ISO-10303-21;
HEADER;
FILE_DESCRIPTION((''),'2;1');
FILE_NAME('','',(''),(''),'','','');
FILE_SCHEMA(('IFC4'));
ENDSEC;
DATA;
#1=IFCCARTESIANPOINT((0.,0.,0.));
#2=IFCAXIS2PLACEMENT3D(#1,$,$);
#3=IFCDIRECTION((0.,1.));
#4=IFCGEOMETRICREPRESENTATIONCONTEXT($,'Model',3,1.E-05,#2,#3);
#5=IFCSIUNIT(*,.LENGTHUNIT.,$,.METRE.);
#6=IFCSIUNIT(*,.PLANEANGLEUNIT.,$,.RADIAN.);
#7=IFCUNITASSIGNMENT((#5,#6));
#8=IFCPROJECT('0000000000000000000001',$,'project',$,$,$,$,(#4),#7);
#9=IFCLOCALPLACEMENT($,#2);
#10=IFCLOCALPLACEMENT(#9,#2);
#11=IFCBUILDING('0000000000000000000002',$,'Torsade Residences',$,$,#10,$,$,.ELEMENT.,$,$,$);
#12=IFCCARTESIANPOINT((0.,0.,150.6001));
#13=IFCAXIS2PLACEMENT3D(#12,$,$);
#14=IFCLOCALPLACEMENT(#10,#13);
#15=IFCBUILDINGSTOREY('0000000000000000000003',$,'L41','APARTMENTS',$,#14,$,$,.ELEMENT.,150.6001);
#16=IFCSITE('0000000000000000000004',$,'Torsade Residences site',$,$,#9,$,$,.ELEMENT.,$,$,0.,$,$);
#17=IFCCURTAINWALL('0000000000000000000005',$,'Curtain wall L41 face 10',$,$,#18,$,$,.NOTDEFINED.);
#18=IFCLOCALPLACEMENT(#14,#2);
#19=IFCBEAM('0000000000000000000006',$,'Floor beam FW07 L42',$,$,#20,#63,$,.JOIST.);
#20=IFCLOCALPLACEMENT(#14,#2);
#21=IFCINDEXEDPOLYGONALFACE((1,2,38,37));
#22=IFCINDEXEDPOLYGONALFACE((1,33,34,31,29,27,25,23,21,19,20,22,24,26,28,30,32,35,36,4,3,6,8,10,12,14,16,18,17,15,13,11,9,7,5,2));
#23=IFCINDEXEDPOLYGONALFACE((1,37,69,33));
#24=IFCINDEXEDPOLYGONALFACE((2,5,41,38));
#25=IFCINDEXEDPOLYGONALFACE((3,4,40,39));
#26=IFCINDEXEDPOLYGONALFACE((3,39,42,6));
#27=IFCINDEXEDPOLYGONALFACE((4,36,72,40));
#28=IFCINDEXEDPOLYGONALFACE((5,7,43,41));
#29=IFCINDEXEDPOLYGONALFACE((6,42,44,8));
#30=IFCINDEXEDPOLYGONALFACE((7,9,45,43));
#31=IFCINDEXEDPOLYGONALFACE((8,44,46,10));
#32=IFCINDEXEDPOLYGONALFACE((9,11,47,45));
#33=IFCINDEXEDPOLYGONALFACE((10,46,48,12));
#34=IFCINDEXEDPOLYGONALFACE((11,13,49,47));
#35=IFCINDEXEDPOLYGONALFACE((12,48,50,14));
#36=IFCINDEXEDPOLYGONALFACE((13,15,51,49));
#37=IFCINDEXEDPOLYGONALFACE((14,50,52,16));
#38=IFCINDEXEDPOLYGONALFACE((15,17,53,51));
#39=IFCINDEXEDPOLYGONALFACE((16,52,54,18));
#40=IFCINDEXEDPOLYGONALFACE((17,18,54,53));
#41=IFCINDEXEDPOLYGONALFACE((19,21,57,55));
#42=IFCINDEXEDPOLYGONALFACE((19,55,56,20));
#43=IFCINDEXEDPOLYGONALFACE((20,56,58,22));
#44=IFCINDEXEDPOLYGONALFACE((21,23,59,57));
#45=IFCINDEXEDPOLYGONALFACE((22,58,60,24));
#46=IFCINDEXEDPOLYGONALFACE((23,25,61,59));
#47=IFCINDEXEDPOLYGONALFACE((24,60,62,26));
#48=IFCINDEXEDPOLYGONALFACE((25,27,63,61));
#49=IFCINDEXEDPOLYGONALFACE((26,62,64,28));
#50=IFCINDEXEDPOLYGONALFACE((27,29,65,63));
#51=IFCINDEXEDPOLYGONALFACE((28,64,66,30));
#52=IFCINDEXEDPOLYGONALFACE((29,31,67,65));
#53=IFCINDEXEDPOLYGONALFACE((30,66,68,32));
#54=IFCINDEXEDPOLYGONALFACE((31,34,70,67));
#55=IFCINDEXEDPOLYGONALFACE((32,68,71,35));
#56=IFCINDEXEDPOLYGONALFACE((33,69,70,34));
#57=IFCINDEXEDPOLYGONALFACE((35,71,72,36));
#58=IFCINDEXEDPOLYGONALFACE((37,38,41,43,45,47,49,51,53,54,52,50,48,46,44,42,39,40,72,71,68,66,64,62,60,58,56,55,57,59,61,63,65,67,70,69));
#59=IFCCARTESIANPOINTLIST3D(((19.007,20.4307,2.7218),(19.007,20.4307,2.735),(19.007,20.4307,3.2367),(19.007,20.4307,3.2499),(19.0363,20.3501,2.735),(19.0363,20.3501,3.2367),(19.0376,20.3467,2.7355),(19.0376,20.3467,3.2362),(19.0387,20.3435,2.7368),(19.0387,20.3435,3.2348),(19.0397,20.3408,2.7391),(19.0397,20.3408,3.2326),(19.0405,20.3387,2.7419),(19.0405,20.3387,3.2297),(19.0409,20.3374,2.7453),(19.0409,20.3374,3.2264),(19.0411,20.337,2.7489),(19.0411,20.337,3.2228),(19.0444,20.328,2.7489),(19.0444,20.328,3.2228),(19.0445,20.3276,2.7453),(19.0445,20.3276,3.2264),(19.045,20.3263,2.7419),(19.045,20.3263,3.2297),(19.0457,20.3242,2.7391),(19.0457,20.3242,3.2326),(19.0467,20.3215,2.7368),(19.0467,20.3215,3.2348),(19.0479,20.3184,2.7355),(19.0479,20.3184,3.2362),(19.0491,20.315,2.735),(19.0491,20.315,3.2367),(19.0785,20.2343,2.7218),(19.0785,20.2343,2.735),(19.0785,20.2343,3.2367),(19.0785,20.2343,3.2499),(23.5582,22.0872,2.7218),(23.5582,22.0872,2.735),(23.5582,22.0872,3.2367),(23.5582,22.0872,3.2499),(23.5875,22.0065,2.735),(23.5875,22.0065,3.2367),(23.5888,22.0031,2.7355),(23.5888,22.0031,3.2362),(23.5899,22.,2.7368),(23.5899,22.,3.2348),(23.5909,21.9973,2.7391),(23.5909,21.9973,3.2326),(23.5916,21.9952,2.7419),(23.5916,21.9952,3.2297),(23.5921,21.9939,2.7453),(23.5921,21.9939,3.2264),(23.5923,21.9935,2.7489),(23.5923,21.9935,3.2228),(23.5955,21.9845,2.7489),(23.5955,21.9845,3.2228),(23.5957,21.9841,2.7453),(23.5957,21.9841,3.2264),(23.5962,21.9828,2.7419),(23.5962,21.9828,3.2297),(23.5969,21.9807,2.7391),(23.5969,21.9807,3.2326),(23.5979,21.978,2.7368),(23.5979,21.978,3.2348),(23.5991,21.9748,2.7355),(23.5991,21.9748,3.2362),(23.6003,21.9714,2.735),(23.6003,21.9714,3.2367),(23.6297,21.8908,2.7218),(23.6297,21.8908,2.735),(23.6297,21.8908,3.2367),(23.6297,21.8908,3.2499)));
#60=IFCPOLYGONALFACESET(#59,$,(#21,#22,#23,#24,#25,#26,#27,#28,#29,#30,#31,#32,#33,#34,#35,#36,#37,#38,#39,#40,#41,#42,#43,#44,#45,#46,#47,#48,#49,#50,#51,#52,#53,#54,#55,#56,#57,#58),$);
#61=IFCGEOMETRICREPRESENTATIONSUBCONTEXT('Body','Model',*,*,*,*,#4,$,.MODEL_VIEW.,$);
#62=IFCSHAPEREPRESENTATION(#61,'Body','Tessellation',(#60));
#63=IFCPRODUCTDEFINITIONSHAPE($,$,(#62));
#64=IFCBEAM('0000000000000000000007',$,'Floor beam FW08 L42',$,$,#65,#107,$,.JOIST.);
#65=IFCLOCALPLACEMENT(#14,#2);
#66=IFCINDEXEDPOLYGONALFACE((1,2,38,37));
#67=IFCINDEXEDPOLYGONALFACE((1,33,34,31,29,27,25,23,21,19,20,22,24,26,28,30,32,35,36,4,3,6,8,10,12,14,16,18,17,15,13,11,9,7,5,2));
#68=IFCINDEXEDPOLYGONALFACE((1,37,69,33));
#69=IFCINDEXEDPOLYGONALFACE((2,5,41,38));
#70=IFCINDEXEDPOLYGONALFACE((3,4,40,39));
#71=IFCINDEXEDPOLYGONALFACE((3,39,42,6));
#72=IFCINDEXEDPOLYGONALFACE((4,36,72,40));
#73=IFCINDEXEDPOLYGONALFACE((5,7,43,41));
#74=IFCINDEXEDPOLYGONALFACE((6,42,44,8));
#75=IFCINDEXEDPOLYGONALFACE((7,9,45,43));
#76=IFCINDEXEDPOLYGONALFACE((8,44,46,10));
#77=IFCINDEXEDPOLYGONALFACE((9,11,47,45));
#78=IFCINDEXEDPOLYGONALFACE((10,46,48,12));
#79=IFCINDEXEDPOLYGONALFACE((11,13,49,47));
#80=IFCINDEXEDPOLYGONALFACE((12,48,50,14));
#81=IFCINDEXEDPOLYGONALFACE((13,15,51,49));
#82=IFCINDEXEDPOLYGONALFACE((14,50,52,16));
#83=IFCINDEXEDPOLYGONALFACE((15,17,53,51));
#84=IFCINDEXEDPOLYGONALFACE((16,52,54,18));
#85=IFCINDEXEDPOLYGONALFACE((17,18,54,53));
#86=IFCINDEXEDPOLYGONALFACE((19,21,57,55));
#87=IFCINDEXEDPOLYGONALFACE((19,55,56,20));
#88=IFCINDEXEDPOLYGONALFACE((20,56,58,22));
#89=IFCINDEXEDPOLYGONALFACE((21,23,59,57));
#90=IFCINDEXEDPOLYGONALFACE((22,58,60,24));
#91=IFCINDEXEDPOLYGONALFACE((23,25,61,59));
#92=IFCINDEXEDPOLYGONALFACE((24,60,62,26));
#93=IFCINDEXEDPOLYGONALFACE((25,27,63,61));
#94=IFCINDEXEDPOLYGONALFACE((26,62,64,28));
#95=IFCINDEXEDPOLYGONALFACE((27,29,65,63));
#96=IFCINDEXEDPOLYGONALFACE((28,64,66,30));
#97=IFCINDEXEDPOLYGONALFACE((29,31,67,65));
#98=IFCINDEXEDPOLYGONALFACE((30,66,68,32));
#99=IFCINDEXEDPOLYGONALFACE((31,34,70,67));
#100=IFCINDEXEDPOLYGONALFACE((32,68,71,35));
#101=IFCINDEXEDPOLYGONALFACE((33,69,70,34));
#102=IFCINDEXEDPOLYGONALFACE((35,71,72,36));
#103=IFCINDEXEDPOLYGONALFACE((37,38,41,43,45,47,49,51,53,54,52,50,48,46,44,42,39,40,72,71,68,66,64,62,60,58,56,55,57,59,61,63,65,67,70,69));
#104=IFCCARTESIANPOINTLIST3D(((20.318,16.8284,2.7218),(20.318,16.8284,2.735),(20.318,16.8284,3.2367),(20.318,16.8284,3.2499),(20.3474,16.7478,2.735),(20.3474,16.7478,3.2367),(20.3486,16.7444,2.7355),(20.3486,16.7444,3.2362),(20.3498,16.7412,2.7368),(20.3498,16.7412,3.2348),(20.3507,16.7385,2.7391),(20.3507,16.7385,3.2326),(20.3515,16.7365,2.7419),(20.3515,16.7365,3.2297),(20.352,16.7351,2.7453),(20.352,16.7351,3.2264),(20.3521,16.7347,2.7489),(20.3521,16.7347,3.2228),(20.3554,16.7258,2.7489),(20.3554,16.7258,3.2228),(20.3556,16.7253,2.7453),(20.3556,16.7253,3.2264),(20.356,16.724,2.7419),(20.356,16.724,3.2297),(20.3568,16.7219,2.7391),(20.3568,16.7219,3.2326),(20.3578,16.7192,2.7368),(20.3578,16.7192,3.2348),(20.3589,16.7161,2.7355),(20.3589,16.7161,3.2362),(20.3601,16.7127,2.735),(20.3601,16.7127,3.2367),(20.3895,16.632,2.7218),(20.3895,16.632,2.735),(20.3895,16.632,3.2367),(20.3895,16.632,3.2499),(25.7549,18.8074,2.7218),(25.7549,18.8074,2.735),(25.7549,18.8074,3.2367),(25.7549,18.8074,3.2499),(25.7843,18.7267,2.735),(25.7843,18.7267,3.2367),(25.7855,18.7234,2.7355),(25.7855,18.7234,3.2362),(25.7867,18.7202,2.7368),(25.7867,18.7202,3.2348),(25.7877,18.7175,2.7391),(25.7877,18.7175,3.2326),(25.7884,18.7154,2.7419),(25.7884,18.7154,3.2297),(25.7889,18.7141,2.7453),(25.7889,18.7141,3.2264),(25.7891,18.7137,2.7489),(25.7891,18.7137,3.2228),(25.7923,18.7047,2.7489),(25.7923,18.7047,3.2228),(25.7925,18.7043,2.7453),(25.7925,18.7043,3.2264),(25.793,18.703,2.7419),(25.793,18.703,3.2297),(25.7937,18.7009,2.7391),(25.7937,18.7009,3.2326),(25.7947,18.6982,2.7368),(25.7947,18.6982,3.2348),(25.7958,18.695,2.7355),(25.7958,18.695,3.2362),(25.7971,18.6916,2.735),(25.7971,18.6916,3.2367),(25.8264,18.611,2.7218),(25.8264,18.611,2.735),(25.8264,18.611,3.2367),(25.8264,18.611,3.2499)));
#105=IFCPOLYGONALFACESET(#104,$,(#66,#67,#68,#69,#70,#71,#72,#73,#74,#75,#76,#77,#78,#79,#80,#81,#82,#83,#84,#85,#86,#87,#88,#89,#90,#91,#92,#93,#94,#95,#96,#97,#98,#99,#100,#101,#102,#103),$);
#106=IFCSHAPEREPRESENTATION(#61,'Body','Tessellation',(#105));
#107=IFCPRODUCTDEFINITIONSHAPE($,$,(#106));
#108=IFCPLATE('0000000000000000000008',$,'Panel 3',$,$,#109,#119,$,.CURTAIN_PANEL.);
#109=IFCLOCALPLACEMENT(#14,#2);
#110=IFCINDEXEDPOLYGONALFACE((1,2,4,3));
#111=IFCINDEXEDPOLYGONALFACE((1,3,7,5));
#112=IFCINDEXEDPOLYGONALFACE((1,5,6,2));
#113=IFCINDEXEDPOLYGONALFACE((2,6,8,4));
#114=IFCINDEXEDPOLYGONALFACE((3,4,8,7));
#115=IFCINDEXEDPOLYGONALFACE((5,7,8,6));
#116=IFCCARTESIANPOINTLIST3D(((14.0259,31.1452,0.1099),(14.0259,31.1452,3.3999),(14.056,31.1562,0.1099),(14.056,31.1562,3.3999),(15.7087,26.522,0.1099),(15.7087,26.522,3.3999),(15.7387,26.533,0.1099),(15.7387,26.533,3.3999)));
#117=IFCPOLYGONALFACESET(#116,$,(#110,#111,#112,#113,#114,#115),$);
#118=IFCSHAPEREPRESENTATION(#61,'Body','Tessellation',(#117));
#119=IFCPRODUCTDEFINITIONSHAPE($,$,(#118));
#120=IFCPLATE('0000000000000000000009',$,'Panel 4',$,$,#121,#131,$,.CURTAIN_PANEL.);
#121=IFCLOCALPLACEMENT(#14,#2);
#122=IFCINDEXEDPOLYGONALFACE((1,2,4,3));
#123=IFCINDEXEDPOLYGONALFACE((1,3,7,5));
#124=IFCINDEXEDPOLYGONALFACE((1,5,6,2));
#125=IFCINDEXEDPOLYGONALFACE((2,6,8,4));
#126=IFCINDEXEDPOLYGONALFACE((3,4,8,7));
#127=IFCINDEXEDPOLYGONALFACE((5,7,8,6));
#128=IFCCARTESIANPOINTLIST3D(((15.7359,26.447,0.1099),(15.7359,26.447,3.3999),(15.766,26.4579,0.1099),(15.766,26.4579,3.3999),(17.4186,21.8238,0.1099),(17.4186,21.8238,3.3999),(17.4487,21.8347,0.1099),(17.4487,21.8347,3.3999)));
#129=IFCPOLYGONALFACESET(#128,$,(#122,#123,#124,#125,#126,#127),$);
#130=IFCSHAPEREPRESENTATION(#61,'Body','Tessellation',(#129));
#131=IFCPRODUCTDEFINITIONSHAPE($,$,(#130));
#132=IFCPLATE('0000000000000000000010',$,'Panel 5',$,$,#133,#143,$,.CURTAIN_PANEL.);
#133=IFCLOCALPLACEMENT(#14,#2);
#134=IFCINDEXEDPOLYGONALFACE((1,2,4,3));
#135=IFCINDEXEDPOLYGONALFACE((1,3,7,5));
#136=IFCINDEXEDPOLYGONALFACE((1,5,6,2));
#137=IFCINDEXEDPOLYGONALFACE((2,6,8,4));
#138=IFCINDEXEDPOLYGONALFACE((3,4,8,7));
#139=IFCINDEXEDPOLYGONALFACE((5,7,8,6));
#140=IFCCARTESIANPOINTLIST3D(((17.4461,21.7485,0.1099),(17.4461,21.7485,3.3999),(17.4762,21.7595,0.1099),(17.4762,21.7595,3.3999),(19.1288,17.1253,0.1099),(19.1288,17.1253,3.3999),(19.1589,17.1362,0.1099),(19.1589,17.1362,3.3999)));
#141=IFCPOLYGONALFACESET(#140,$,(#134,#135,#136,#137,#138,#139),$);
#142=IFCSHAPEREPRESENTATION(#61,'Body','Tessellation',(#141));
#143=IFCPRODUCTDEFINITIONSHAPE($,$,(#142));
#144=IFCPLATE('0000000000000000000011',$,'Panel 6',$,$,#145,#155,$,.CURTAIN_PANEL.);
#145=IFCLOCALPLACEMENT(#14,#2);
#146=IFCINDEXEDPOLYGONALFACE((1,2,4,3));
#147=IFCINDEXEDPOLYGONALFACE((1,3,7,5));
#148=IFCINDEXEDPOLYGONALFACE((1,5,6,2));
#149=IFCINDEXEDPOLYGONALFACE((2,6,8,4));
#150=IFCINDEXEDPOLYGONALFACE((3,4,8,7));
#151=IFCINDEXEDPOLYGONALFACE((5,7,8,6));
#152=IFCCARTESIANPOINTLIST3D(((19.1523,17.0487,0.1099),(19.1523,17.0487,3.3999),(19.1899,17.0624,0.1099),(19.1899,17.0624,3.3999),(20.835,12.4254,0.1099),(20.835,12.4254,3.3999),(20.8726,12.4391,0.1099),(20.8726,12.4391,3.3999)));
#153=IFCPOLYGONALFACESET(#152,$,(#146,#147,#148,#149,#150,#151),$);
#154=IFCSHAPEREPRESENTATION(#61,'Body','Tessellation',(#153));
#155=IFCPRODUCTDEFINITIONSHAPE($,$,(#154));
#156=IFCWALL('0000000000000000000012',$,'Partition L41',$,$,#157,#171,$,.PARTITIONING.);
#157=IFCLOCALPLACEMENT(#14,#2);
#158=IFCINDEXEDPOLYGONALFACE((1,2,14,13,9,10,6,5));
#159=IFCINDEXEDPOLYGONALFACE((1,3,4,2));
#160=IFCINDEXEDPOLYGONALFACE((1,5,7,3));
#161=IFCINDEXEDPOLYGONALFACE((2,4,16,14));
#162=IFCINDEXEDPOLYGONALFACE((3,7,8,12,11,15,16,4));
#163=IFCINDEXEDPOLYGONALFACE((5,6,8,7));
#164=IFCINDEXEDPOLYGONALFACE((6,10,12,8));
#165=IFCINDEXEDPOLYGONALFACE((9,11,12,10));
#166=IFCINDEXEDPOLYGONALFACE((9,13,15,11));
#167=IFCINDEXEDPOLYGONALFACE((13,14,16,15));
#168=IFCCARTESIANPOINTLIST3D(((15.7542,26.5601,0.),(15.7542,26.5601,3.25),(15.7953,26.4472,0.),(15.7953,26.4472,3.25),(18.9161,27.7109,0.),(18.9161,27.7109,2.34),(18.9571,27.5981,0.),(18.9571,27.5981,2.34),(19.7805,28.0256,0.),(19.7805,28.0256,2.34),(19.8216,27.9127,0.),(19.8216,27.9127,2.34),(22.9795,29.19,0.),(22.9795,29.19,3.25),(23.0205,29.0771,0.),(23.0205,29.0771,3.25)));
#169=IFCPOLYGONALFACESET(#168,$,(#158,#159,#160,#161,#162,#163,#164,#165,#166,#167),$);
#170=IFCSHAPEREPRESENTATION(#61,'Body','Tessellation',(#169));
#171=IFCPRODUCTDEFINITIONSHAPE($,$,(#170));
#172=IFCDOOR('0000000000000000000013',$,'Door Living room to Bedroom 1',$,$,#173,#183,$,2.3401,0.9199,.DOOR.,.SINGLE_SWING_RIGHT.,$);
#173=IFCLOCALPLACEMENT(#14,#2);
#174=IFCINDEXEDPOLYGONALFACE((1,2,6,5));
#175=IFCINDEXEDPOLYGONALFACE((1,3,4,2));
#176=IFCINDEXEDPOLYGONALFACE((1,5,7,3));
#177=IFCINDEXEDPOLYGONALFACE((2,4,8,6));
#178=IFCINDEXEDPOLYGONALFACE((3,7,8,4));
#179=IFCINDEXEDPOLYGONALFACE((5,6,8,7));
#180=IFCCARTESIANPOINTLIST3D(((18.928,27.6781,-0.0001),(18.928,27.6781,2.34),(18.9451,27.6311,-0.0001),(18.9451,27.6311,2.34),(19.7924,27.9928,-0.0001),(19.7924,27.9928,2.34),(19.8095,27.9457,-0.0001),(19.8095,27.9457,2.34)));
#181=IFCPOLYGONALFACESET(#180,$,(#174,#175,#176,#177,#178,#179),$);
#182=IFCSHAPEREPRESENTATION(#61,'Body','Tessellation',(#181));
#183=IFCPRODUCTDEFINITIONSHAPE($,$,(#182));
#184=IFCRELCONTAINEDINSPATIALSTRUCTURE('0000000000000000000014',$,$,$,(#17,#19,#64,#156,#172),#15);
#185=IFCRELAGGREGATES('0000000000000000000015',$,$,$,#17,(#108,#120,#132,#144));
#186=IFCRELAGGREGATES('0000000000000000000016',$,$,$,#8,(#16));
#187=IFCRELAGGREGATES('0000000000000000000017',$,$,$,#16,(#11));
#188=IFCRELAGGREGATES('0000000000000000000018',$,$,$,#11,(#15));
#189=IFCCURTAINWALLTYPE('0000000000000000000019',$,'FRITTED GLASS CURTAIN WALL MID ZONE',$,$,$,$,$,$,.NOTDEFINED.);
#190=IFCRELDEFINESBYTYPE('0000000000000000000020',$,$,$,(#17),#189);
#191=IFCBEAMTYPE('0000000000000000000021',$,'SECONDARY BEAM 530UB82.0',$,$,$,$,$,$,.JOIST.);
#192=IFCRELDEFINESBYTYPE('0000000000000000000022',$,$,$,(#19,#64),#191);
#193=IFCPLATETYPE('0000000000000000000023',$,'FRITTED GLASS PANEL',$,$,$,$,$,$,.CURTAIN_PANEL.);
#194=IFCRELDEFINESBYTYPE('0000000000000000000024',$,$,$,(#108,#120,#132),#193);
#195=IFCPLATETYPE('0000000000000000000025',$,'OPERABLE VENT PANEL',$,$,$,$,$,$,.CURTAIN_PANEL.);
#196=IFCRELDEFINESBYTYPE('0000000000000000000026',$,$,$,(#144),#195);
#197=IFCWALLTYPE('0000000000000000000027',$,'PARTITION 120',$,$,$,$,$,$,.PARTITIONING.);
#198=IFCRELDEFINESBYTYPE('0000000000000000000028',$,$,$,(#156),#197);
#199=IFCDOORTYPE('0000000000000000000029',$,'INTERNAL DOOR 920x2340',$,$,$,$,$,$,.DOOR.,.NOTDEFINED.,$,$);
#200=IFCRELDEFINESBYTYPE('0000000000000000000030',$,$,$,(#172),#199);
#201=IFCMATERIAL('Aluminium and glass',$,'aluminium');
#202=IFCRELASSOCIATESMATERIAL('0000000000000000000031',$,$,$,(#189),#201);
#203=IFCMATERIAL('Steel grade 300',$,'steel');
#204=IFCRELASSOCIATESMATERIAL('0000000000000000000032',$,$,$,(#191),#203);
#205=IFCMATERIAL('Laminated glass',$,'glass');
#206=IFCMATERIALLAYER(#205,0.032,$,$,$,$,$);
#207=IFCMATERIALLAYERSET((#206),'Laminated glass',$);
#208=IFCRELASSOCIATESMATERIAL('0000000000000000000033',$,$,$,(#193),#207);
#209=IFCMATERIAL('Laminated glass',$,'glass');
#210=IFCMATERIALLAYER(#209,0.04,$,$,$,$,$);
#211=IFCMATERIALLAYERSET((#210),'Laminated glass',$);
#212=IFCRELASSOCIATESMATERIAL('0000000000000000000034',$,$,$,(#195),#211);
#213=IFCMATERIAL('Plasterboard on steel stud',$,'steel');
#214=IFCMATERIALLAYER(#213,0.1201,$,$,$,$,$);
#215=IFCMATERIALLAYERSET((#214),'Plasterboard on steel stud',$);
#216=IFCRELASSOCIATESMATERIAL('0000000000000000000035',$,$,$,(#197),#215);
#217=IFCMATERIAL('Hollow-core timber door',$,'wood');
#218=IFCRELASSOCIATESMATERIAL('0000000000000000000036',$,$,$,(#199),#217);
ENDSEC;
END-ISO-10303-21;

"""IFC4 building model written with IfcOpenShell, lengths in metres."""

from ifc_helpers import new_model, si_unit, direction, frame, frame_2d, origin, origin_2d, place, context, subcontext, project, spatial, rectangle, i_section, extrude, material, layer, layer_set, material_profile, profile_set, type_object, element, fill, aggregate, save


model = new_model("IFC4")

# Units and contexts
model_context = context("Model", 3, precision=1e-05, world=origin(), true_north=direction((0.0, 1.0)))
body_context = subcontext(model_context, "Body", "Model", "MODEL_VIEW")
ifc_project = project(units=[si_unit("LENGTHUNIT", "METRE"), si_unit("PLANEANGLEUNIT", "RADIAN")], contexts=[model_context])

# Site, building, storey
site_placement = place(None, origin())
site = spatial("IfcSite", under=ifc_project, at=site_placement, Name="Torsade Residences site", CompositionType="ELEMENT", RefElevation=0.0)
building_placement = place(site_placement, origin())
building = spatial("IfcBuilding", under=site, at=building_placement, Name="Torsade Residences", CompositionType="ELEMENT")
storey_placement = place(building_placement, frame((0.0, 0.0, 150.6001)))
storey = spatial("IfcBuildingStorey", under=building, at=storey_placement, Name="L41", Description="APARTMENTS", CompositionType="ELEMENT", Elevation=150.6001)

# Curtain wall
ifc_material_1 = material(Name="Aluminium and glass", Category="aluminium")
curtain_wall_type = type_object("IfcCurtainWallType", Name="FRITTED GLASS CURTAIN WALL MID ZONE", PredefinedType="NOTDEFINED", material=ifc_material_1)
curtain_wall_placement = place(storey_placement, origin())
curtain_wall = element("IfcCurtainWall", 1, at=curtain_wall_placement, inside=storey, type_object=curtain_wall_type, Name="Curtain wall L41 face 10", PredefinedType="NOTDEFINED")

# Beams
ifc_material_2 = material(Name="Steel grade 300", Category="steel")
ifc_material_profile_1 = material_profile(ifc_material_2, i_section(OverallWidth=0.209, OverallDepth=0.5281, WebThickness=0.0095, FlangeThickness=0.0132, FilletRadius=0.0139, at=origin_2d()), Name="530UB82.0")
ifc_profile_set_1 = profile_set([ifc_material_profile_1], Name="Steel grade 300")
beam_type_1 = type_object("IfcBeamType", Name="SECONDARY BEAM 530UB82.0", PredefinedType="JOIST", material=ifc_profile_set_1)
beam_1_placement = place(storey_placement, frame((19.0427, 20.3325, 2.9858), z_axis=(0.939695, 0.342014, 0.0), x_axis=(-0.342014, 0.939695, 0.0)))
element("IfcBeam", 2, at=beam_1_placement, inside=storey, type_object=beam_type_1, Name="Floor beam FW07 L42", PredefinedType="JOIST", context=body_context, shape_type="SweptSolid", body=[
    extrude(i_section(OverallWidth=0.209, OverallDepth=0.5281, WebThickness=0.0095, FlangeThickness=0.0132, FilletRadius=0.0139, at=origin_2d()), origin(), (0.0, 0.0, 1.0), 4.8433),
])
beam_2_placement = place(storey_placement, frame((20.3538, 16.7302, 2.9858), z_axis=(0.939687, 0.342034, 0.0), x_axis=(-0.342034, 0.939687, 0.0)))
element("IfcBeam", 3, at=beam_2_placement, inside=storey, type_object=beam_type_1, Name="Floor beam FW08 L42", PredefinedType="JOIST", context=body_context, shape_type="SweptSolid", body=[
    extrude(i_section(OverallWidth=0.209, OverallDepth=0.5281, WebThickness=0.0095, FlangeThickness=0.0132, FilletRadius=0.0139, at=origin_2d()), origin(), (0.0, 0.0, 1.0), 5.7859),
])

# Plates
ifc_material_3 = material(Name="Laminated glass", Category="glass")
ifc_layer_1 = layer(ifc_material_3, 0.032)
ifc_layer_set_1 = layer_set([ifc_layer_1], Name="Laminated glass")
plate_type_1 = type_object("IfcPlateType", Name="FRITTED GLASS PANEL", PredefinedType="CURTAIN_PANEL", material=ifc_layer_set_1)
plate_1_placement = place(storey_placement, frame((14.8823, 28.8391, 0.1099), z_axis=(0.0, 0.0, 1.0), x_axis=(0.34202, -0.939693, 0.0)))
plate_1 = element("IfcPlate", 4, at=plate_1_placement, type_object=plate_type_1, Name="Panel 3", PredefinedType="CURTAIN_PANEL", context=body_context, shape_type="SweptSolid", body=[
    extrude(rectangle(XDim=4.9199, YDim=0.032, at=origin_2d()), origin(), (0.0, 0.0, 1.0), 3.29),
])
plate_2_placement = place(storey_placement, frame((16.5923, 24.1409, 0.1099), z_axis=(0.0, 0.0, 1.0), x_axis=(0.34202, -0.939693, 0.0)))
plate_2 = element("IfcPlate", 5, at=plate_2_placement, type_object=plate_type_1, Name="Panel 4", PredefinedType="CURTAIN_PANEL", context=body_context, shape_type="SweptSolid", body=[
    extrude(rectangle(XDim=4.9199, YDim=0.032, at=origin_2d()), origin(), (0.0, 0.0, 1.0), 3.29),
])
plate_3_placement = place(storey_placement, frame((18.3025, 19.4424, 0.1099), z_axis=(0.0, 0.0, 1.0), x_axis=(0.34202, -0.939693, 0.0)))
plate_3 = element("IfcPlate", 6, at=plate_3_placement, type_object=plate_type_1, Name="Panel 5", PredefinedType="CURTAIN_PANEL", context=body_context, shape_type="SweptSolid", body=[
    extrude(rectangle(XDim=4.9199, YDim=0.032, at=origin_2d()), origin(), (0.0, 0.0, 1.0), 3.29),
])
ifc_material_4 = material(Name="Laminated glass", Category="glass")
ifc_layer_2 = layer(ifc_material_4, 0.04)
ifc_layer_set_2 = layer_set([ifc_layer_2], Name="Laminated glass")
plate_type_2 = type_object("IfcPlateType", Name="OPERABLE VENT PANEL", PredefinedType="CURTAIN_PANEL", material=ifc_layer_set_2)
plate_4_placement = place(storey_placement, frame((20.0125, 14.7439, 0.1099), z_axis=(0.0, 0.0, 1.0), x_axis=(0.34202, -0.939693, 0.0)))
plate_4 = element("IfcPlate", 7, at=plate_4_placement, type_object=plate_type_2, Name="Panel 6", PredefinedType="CURTAIN_PANEL", context=body_context, shape_type="SweptSolid", body=[
    extrude(rectangle(XDim=4.9199, YDim=0.04, at=origin_2d()), origin(), (0.0, 0.0, 1.0), 3.29),
])
aggregate(curtain_wall, [plate_1, plate_2, plate_3, plate_4])

# Wall, opening, door
ifc_material_5 = material(Name="Plasterboard on steel stud", Category="steel")
ifc_layer_3 = layer(ifc_material_5, 0.1201)
ifc_layer_set_3 = layer_set([ifc_layer_3], Name="Plasterboard on steel stud")
wall_type_1 = type_object("IfcWallType", Name="PARTITION 120", PredefinedType="PARTITIONING", material=ifc_layer_set_3)
wall_1_placement = place(storey_placement, frame((23.0, 29.1335, 0.0), z_axis=(0.0, 0.0, 1.0), x_axis=(-0.939686, -0.342039, 0.0)))
wall_1 = element("IfcWall", 8, at=wall_1_placement, inside=storey, type_object=wall_type_1, Name="Partition L41", PredefinedType="PARTITIONING", context=body_context, shape_type="SweptSolid", body=[
    extrude(rectangle(XDim=7.689, YDim=0.1201, at=frame_2d((3.8445, 0.0))), origin(), (0.0, 0.0, 1.0), 3.25),
])
opening_1_placement = place(wall_1_placement, frame((3.4043, 0.0, 0.0)))
opening_1 = element("IfcOpeningElement", 9, at=opening_1_placement, cuts=wall_1, PredefinedType="OPENING", context=body_context, shape_type="SweptSolid", body=[
    extrude(rectangle(XDim=0.9199, YDim=2.3401, at=frame_2d((0.46, 1.1699))), frame((0.0, 0.0701, 0.0), z_axis=(0.0, -1.0, 0.0), x_axis=(1.0, 0.0, 0.0)), (0.0, 0.0, 1.0), 0.1401),
])
ifc_material_6 = material(Name="Hollow-core timber door", Category="wood")
door_type_1 = type_object("IfcDoorType", Name="INTERNAL DOOR 920x2340", OperationType="NOTDEFINED", PredefinedType="DOOR", material=ifc_material_6)
door_1_placement = place(opening_1_placement, origin())
door_1 = element("IfcDoor", 10, at=door_1_placement, inside=storey, type_object=door_type_1, Name="Door Living room to Bedroom 1", OperationType="SINGLE_SWING_RIGHT", OverallHeight=2.3401, OverallWidth=0.9199, PredefinedType="DOOR", context=body_context, shape_type="SweptSolid", body=[
    extrude(rectangle(XDim=0.9199, YDim=2.3401, at=frame_2d((0.46, 1.1699))), frame((0.0, 0.0249, 0.0), z_axis=(0.0, -1.0, 0.0), x_axis=(1.0, 0.0, 0.0)), (0.0, 0.0, 1.0), 0.05),
])
fill(opening_1, door_1)

save(model, "model.ifc")
